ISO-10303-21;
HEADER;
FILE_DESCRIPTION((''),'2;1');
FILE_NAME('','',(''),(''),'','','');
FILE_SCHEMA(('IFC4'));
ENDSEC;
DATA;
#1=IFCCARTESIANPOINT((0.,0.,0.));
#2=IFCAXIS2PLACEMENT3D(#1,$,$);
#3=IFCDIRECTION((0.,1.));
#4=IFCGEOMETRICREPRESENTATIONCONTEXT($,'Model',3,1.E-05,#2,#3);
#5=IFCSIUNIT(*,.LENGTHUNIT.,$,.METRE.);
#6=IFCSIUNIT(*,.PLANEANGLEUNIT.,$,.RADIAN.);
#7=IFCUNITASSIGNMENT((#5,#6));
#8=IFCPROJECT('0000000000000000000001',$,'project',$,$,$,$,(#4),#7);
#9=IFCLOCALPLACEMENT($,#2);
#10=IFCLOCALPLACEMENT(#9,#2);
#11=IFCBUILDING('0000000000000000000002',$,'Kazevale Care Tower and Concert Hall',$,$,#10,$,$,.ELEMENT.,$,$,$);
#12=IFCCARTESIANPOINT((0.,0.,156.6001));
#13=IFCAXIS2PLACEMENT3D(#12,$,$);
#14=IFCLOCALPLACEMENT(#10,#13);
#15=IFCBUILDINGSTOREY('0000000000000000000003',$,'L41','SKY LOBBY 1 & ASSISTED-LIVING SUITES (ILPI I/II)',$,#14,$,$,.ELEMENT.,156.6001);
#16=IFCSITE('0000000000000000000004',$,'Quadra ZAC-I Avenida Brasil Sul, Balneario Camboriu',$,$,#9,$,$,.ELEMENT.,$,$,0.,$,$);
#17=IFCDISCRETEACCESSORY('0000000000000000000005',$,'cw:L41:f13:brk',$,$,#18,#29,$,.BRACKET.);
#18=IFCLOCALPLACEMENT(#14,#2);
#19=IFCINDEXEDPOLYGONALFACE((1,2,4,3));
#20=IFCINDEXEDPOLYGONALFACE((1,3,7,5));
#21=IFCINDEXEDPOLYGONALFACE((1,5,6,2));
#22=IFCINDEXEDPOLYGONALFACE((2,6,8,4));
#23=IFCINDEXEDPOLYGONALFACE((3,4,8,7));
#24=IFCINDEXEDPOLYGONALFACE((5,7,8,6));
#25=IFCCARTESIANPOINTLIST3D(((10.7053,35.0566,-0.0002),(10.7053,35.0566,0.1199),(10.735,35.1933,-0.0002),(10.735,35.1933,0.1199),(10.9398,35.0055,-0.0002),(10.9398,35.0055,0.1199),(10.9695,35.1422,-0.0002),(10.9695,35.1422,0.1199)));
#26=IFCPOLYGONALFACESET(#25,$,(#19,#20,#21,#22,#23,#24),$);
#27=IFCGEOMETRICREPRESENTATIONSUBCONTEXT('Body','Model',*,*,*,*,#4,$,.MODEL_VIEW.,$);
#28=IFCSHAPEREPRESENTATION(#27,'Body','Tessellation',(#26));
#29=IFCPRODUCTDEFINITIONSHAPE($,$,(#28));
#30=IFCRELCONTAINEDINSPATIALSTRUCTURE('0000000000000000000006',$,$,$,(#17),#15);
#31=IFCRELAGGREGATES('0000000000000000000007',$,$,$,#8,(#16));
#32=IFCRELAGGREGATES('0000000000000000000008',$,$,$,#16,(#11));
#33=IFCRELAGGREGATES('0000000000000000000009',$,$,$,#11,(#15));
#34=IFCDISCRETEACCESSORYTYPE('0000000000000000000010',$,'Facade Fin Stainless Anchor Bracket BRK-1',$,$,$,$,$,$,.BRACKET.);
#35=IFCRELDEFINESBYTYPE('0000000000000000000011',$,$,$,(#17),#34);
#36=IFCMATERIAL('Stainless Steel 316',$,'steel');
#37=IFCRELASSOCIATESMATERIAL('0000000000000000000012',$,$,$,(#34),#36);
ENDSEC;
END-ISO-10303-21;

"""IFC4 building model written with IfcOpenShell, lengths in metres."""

from ifc_helpers import new_model, si_unit, direction, frame, origin, origin_2d, place, context, subcontext, project, spatial, rectangle, extrude, material, type_object, element, save


model = new_model("IFC4")

# Units and contexts
model_context = context("Model", 3, precision=1e-05, world=origin(), true_north=direction((0.0, 1.0)))
body_context = subcontext(model_context, "Body", "Model", "MODEL_VIEW")
ifc_project = project(units=[si_unit("LENGTHUNIT", "METRE"), si_unit("PLANEANGLEUNIT", "RADIAN")], contexts=[model_context])

# Site, building, storey
site_placement = place(None, origin())
site = spatial("IfcSite", under=ifc_project, at=site_placement, Name="Quadra ZAC-I Avenida Brasil Sul, Balneario Camboriu", CompositionType="ELEMENT", RefElevation=0.0)
building_placement = place(site_placement, origin())
building = spatial("IfcBuilding", under=site, at=building_placement, Name="Kazevale Care Tower and Concert Hall", CompositionType="ELEMENT")
storey_placement = place(building_placement, frame((0.0, 0.0, 156.6001)))
storey = spatial("IfcBuildingStorey", under=building, at=storey_placement, Name="L41", Description="SKY LOBBY 1 & ASSISTED-LIVING SUITES (ILPI I/II)", CompositionType="ELEMENT", Elevation=156.6001)

# Discrete accessory
ifc_material_1 = material(Name="Stainless Steel 316", Category="steel")
discrete_accessory_type = type_object("IfcDiscreteAccessoryType", Name="Facade Fin Stainless Anchor Bracket BRK-1", PredefinedType="BRACKET", material=ifc_material_1)
discrete_accessory_placement = place(storey_placement, frame((10.8374, 35.0994, -0.0002), z_axis=(0.0, 0.0, 1.0), x_axis=(-0.977083, 0.21286, 0.0)))
element("IfcDiscreteAccessory", 1, at=discrete_accessory_placement, inside=storey, type_object=discrete_accessory_type, Name="cw:L41:f13:brk", PredefinedType="BRACKET", context=body_context, shape_type="SweptSolid", body=[
    extrude(rectangle(XDim=0.24, YDim=0.1399, at=origin_2d()), origin(), (0.0, 0.0, 1.0), 0.1201),
])

save(model, "model.ifc")
